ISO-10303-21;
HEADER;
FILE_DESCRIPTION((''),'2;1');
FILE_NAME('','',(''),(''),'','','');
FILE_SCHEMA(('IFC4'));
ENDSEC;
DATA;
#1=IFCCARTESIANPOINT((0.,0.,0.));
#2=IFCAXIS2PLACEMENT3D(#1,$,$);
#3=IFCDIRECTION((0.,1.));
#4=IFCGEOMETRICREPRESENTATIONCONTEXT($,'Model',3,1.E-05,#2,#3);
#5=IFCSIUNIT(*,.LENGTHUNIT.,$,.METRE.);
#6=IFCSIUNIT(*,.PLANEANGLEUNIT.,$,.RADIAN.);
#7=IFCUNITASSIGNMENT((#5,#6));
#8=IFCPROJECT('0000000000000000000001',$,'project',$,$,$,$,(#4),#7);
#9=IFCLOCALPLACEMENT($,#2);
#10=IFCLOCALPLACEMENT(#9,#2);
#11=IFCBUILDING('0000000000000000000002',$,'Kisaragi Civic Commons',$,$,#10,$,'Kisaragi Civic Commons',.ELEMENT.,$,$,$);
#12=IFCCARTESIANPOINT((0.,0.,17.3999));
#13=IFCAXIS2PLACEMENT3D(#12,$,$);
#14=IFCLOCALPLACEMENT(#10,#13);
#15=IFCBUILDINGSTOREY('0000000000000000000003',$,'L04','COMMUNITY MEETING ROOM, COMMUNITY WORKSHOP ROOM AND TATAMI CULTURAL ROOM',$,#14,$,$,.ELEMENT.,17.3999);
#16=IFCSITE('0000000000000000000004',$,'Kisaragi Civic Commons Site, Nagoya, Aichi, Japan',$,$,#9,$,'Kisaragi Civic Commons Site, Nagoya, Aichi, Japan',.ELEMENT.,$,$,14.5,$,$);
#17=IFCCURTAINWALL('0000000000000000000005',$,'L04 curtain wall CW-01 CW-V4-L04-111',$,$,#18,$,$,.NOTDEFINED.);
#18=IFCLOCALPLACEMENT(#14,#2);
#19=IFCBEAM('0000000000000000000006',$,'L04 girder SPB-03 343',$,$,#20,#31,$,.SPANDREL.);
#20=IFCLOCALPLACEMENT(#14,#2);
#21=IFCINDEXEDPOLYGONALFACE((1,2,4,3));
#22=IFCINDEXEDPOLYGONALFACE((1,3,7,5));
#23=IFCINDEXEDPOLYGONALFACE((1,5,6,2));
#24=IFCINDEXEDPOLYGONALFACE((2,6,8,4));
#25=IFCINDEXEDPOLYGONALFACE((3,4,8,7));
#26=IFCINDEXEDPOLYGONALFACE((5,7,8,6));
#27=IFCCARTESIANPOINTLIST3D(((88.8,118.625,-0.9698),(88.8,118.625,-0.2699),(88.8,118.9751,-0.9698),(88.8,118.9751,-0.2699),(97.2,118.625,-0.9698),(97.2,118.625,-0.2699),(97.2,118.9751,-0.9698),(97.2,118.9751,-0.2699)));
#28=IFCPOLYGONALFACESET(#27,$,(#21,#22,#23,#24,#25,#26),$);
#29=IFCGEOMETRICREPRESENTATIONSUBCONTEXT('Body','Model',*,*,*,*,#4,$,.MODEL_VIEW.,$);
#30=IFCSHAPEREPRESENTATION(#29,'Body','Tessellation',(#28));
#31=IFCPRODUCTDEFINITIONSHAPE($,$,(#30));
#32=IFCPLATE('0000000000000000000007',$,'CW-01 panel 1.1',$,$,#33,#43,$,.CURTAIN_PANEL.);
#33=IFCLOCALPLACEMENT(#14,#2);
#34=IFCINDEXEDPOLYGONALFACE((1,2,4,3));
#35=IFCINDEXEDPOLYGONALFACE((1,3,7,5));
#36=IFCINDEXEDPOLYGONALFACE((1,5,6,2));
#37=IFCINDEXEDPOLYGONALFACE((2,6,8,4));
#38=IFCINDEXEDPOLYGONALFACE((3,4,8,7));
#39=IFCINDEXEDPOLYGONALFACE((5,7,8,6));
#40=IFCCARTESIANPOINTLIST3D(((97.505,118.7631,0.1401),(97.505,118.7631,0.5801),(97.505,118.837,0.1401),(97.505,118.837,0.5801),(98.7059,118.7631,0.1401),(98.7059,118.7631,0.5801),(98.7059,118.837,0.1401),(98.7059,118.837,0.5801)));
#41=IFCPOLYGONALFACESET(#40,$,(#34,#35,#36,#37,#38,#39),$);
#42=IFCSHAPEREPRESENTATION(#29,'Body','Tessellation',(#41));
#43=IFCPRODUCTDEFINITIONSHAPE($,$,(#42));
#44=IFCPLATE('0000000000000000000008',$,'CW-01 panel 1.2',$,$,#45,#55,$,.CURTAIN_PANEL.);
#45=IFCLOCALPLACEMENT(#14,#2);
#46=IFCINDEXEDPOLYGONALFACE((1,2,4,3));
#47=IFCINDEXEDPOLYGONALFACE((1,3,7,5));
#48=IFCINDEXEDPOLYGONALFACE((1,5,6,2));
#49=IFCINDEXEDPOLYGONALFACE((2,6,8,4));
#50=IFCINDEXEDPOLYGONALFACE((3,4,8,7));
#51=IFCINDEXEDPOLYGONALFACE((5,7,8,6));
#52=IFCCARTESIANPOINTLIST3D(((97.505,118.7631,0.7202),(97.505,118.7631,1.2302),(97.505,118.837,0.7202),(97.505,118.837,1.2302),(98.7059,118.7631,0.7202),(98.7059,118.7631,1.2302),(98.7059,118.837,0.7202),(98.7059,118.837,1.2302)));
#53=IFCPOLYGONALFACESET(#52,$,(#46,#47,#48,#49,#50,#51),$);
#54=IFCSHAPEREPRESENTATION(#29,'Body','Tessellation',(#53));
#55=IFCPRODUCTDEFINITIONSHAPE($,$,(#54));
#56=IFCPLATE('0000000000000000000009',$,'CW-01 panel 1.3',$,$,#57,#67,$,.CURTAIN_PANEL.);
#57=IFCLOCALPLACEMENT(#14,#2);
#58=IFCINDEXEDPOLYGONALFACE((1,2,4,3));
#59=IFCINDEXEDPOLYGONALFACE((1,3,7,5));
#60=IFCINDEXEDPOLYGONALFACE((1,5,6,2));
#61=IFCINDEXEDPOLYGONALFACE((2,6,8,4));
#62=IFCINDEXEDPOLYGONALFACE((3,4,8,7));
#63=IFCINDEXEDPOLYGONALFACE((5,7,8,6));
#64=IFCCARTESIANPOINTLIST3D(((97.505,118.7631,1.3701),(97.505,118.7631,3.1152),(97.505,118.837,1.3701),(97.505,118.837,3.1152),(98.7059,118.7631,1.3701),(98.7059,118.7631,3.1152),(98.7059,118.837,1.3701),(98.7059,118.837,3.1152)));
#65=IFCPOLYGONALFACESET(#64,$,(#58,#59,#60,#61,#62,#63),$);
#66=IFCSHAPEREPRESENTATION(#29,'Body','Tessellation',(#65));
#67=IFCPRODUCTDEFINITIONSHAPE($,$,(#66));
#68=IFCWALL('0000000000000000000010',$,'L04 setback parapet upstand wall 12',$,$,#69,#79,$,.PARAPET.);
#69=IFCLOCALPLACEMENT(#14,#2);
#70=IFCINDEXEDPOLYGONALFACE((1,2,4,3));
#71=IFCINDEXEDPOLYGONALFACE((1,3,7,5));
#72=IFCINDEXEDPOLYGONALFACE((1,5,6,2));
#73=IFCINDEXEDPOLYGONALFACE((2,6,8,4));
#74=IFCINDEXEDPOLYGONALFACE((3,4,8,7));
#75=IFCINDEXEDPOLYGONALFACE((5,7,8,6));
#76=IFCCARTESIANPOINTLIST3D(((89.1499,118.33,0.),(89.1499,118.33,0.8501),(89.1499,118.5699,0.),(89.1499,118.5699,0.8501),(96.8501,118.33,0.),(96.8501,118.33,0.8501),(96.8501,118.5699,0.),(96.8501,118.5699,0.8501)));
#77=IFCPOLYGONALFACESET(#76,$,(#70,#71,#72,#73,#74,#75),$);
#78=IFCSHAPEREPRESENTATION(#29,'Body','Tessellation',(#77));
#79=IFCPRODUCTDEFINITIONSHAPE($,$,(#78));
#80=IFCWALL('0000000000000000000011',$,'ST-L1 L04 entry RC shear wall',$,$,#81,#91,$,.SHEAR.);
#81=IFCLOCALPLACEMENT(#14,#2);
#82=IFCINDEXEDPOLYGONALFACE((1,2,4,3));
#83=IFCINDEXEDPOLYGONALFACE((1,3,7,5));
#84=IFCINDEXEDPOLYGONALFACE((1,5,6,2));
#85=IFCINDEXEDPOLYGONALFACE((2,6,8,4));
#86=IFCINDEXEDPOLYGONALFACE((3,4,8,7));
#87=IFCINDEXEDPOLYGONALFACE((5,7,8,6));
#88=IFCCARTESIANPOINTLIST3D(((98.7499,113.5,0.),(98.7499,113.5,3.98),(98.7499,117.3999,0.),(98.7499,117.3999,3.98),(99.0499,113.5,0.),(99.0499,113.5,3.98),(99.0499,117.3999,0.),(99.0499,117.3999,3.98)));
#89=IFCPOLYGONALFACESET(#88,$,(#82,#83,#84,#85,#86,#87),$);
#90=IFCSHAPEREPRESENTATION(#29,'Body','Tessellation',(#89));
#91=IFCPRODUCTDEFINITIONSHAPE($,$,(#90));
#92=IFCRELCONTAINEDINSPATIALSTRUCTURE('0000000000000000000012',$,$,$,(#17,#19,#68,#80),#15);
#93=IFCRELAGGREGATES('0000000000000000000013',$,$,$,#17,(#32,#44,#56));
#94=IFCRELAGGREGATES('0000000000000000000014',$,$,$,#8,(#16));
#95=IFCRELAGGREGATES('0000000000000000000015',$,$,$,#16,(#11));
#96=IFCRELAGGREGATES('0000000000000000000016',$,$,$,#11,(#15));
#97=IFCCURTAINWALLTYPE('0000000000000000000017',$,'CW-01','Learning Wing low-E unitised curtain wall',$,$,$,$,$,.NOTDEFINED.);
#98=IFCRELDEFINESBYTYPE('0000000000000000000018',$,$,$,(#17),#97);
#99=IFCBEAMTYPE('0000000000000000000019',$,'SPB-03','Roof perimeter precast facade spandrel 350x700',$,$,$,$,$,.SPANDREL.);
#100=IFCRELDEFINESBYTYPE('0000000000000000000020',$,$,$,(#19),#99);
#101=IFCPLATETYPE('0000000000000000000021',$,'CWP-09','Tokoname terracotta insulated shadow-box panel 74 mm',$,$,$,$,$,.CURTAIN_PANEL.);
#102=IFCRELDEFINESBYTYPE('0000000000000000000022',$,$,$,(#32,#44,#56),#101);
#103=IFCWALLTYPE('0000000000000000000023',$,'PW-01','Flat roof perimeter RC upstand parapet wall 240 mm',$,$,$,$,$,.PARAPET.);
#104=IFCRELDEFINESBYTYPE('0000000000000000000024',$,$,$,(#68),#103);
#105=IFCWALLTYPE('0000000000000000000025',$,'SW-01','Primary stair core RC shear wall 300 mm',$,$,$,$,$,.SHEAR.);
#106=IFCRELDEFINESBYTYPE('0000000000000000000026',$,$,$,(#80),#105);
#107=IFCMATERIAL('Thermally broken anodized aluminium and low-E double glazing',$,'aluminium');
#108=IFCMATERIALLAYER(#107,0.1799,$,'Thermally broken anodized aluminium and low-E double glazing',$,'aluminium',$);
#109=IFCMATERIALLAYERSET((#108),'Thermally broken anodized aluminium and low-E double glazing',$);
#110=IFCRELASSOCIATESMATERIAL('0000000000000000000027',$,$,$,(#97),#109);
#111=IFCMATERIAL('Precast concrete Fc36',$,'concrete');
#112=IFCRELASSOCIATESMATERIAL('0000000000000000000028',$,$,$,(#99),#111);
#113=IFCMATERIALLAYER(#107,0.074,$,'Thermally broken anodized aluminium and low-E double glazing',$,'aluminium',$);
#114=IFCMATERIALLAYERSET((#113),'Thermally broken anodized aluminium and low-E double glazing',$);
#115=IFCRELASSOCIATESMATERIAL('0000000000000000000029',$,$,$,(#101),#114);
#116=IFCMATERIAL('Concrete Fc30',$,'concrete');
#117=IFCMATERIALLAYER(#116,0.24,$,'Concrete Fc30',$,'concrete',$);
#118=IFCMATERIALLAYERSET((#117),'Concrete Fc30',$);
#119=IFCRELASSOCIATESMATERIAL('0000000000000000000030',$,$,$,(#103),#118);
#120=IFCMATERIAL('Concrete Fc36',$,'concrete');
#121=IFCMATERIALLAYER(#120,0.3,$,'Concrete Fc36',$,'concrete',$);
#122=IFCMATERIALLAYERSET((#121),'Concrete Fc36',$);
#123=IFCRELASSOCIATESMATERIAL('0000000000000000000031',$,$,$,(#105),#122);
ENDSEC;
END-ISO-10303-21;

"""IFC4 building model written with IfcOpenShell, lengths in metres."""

from ifc_helpers import new_model, si_unit, direction, frame, frame_2d, origin, origin_2d, place, context, subcontext, project, spatial, rectangle, extrude, material, layer, layer_set, material_profile, profile_set, type_object, element, aggregate, save


model = new_model("IFC4")

# Units and contexts
model_context = context("Model", 3, precision=1e-05, world=origin(), true_north=direction((0.0, 1.0)))
body_context = subcontext(model_context, "Body", "Model", "MODEL_VIEW")
ifc_project = project(units=[si_unit("LENGTHUNIT", "METRE"), si_unit("PLANEANGLEUNIT", "RADIAN")], contexts=[model_context])

# Site, building, storey
site_placement = place(None, origin())
site = spatial("IfcSite", under=ifc_project, at=site_placement, Name="Kisaragi Civic Commons Site, Nagoya, Aichi, Japan", LongName="Kisaragi Civic Commons Site, Nagoya, Aichi, Japan", CompositionType="ELEMENT", RefElevation=14.5)
building_placement = place(site_placement, origin())
building = spatial("IfcBuilding", under=site, at=building_placement, Name="Kisaragi Civic Commons", LongName="Kisaragi Civic Commons", CompositionType="ELEMENT")
storey_placement = place(building_placement, frame((0.0, 0.0, 17.3999)))
storey = spatial("IfcBuildingStorey", under=building, at=storey_placement, Name="L04", Description="COMMUNITY MEETING ROOM, COMMUNITY WORKSHOP ROOM AND TATAMI CULTURAL ROOM", CompositionType="ELEMENT", Elevation=17.3999)

# Shared definitions
ifc_material_1 = material(Name="Concrete Fc30", Category="concrete")

# Curtain wall
ifc_material_2 = material(Name="Thermally broken anodized aluminium and low-E double glazing", Category="aluminium")
ifc_layer_1 = layer(ifc_material_2, 0.1799, Name="Thermally broken anodized aluminium and low-E double glazing", Category="aluminium")
ifc_layer_set_1 = layer_set([ifc_layer_1], Name="Thermally broken anodized aluminium and low-E double glazing")
curtain_wall_type = type_object("IfcCurtainWallType", Name="CW-01", Description="Learning Wing low-E unitised curtain wall", PredefinedType="NOTDEFINED", material=ifc_layer_set_1)
curtain_wall_placement = place(storey_placement, origin())
curtain_wall = element("IfcCurtainWall", 1, at=curtain_wall_placement, inside=storey, type_object=curtain_wall_type, Name="L04 curtain wall CW-01 CW-V4-L04-111", PredefinedType="NOTDEFINED")

# Beam
ifc_material_3 = material(Name="Precast concrete Fc36", Category="concrete")
ifc_material_profile_1 = material_profile(ifc_material_3, rectangle(XDim=0.3501, YDim=0.7, at=origin_2d()), Name="PC-350x700", Category="concrete")
ifc_profile_set_1 = profile_set([ifc_material_profile_1], Name="Precast concrete Fc36")
beam_type_1 = type_object("IfcBeamType", Name="SPB-03", Description="Roof perimeter precast facade spandrel 350x700", PredefinedType="SPANDREL", material=ifc_profile_set_1)
beam_1_placement = place(storey_placement, frame((88.8, 118.8, -0.6199), z_axis=(1.0, 0.0, 0.0), x_axis=(0.0, 1.0, 0.0)))
element("IfcBeam", 2, at=beam_1_placement, inside=storey, type_object=beam_type_1, Name="L04 girder SPB-03 343", PredefinedType="SPANDREL", context=body_context, shape_type="SweptSolid", body=[
    extrude(rectangle(XDim=0.3501, YDim=0.7, at=origin_2d()), origin(), (0.0, 0.0, 1.0), 8.3999),
])

# Plates
ifc_layer_2 = layer(ifc_material_2, 0.074, Name="Thermally broken anodized aluminium and low-E double glazing", Category="aluminium")
ifc_layer_set_2 = layer_set([ifc_layer_2], Name="Thermally broken anodized aluminium and low-E double glazing")
plate_type = type_object("IfcPlateType", Name="CWP-09", Description="Tokoname terracotta insulated shadow-box panel 74 mm", PredefinedType="CURTAIN_PANEL", material=ifc_layer_set_2)
plate_1_placement = place(storey_placement, frame((98.1055, 118.8, 0.1401), z_axis=(0.0, 0.0, 1.0), x_axis=(1.0, 0.0, 0.0)))
plate_1 = element("IfcPlate", 3, at=plate_1_placement, type_object=plate_type, Name="CW-01 panel 1.1", PredefinedType="CURTAIN_PANEL", context=body_context, shape_type="SweptSolid", body=[
    extrude(rectangle(XDim=1.2009, YDim=0.074, at=origin_2d()), origin(), (0.0, 0.0, 1.0), 0.4399),
])
plate_2_placement = place(storey_placement, frame((98.1055, 118.8, 0.7202), z_axis=(0.0, 0.0, 1.0), x_axis=(1.0, 0.0, 0.0)))
plate_2 = element("IfcPlate", 4, at=plate_2_placement, type_object=plate_type, Name="CW-01 panel 1.2", PredefinedType="CURTAIN_PANEL", context=body_context, shape_type="SweptSolid", body=[
    extrude(rectangle(XDim=1.2009, YDim=0.074, at=origin_2d()), origin(), (0.0, 0.0, 1.0), 0.51),
])
plate_3_placement = place(storey_placement, frame((98.1055, 118.8, 1.3701), z_axis=(0.0, 0.0, 1.0), x_axis=(1.0, 0.0, 0.0)))
plate_3 = element("IfcPlate", 5, at=plate_3_placement, type_object=plate_type, Name="CW-01 panel 1.3", PredefinedType="CURTAIN_PANEL", context=body_context, shape_type="SweptSolid", body=[
    extrude(rectangle(XDim=1.2009, YDim=0.074, at=origin_2d()), origin(), (0.0, 0.0, 1.0), 1.7451),
])
aggregate(curtain_wall, [plate_1, plate_2, plate_3])

# Walls
ifc_layer_3 = layer(ifc_material_1, 0.24, Name="Concrete Fc30", Category="concrete")
ifc_layer_set_3 = layer_set([ifc_layer_3], Name="Concrete Fc30")
wall_type_1 = type_object("IfcWallType", Name="PW-01", Description="Flat roof perimeter RC upstand parapet wall 240 mm", PredefinedType="PARAPET", material=ifc_layer_set_3)
wall_1_placement = place(storey_placement, frame((89.1499, 118.45, 0.0), z_axis=(0.0, 0.0, 1.0), x_axis=(1.0, 0.0, 0.0)))
element("IfcWall", 6, at=wall_1_placement, inside=storey, type_object=wall_type_1, Name="L04 setback parapet upstand wall 12", PredefinedType="PARAPET", context=body_context, shape_type="SweptSolid", body=[
    extrude(rectangle(XDim=7.7002, YDim=0.24, at=frame_2d((3.8501, 0.0))), origin(), (0.0, 0.0, 1.0), 0.8501),
])
ifc_material_4 = material(Name="Concrete Fc36", Category="concrete")
ifc_layer_4 = layer(ifc_material_4, 0.3, Name="Concrete Fc36", Category="concrete")
ifc_layer_set_4 = layer_set([ifc_layer_4], Name="Concrete Fc36")
wall_type_2 = type_object("IfcWallType", Name="SW-01", Description="Primary stair core RC shear wall 300 mm", PredefinedType="SHEAR", material=ifc_layer_set_4)
wall_2_placement = place(storey_placement, frame((98.8999, 117.3999, 0.0), z_axis=(0.0, 0.0, 1.0), x_axis=(0.0, -1.0, 0.0)))
element("IfcWall", 7, at=wall_2_placement, inside=storey, type_object=wall_type_2, Name="ST-L1 L04 entry RC shear wall", PredefinedType="SHEAR", context=body_context, shape_type="SweptSolid", body=[
    extrude(rectangle(XDim=3.8999, YDim=0.3, at=frame_2d((1.95, 0.0))), origin(), (0.0, 0.0, 1.0), 3.98),
])

save(model, "model.ifc")
